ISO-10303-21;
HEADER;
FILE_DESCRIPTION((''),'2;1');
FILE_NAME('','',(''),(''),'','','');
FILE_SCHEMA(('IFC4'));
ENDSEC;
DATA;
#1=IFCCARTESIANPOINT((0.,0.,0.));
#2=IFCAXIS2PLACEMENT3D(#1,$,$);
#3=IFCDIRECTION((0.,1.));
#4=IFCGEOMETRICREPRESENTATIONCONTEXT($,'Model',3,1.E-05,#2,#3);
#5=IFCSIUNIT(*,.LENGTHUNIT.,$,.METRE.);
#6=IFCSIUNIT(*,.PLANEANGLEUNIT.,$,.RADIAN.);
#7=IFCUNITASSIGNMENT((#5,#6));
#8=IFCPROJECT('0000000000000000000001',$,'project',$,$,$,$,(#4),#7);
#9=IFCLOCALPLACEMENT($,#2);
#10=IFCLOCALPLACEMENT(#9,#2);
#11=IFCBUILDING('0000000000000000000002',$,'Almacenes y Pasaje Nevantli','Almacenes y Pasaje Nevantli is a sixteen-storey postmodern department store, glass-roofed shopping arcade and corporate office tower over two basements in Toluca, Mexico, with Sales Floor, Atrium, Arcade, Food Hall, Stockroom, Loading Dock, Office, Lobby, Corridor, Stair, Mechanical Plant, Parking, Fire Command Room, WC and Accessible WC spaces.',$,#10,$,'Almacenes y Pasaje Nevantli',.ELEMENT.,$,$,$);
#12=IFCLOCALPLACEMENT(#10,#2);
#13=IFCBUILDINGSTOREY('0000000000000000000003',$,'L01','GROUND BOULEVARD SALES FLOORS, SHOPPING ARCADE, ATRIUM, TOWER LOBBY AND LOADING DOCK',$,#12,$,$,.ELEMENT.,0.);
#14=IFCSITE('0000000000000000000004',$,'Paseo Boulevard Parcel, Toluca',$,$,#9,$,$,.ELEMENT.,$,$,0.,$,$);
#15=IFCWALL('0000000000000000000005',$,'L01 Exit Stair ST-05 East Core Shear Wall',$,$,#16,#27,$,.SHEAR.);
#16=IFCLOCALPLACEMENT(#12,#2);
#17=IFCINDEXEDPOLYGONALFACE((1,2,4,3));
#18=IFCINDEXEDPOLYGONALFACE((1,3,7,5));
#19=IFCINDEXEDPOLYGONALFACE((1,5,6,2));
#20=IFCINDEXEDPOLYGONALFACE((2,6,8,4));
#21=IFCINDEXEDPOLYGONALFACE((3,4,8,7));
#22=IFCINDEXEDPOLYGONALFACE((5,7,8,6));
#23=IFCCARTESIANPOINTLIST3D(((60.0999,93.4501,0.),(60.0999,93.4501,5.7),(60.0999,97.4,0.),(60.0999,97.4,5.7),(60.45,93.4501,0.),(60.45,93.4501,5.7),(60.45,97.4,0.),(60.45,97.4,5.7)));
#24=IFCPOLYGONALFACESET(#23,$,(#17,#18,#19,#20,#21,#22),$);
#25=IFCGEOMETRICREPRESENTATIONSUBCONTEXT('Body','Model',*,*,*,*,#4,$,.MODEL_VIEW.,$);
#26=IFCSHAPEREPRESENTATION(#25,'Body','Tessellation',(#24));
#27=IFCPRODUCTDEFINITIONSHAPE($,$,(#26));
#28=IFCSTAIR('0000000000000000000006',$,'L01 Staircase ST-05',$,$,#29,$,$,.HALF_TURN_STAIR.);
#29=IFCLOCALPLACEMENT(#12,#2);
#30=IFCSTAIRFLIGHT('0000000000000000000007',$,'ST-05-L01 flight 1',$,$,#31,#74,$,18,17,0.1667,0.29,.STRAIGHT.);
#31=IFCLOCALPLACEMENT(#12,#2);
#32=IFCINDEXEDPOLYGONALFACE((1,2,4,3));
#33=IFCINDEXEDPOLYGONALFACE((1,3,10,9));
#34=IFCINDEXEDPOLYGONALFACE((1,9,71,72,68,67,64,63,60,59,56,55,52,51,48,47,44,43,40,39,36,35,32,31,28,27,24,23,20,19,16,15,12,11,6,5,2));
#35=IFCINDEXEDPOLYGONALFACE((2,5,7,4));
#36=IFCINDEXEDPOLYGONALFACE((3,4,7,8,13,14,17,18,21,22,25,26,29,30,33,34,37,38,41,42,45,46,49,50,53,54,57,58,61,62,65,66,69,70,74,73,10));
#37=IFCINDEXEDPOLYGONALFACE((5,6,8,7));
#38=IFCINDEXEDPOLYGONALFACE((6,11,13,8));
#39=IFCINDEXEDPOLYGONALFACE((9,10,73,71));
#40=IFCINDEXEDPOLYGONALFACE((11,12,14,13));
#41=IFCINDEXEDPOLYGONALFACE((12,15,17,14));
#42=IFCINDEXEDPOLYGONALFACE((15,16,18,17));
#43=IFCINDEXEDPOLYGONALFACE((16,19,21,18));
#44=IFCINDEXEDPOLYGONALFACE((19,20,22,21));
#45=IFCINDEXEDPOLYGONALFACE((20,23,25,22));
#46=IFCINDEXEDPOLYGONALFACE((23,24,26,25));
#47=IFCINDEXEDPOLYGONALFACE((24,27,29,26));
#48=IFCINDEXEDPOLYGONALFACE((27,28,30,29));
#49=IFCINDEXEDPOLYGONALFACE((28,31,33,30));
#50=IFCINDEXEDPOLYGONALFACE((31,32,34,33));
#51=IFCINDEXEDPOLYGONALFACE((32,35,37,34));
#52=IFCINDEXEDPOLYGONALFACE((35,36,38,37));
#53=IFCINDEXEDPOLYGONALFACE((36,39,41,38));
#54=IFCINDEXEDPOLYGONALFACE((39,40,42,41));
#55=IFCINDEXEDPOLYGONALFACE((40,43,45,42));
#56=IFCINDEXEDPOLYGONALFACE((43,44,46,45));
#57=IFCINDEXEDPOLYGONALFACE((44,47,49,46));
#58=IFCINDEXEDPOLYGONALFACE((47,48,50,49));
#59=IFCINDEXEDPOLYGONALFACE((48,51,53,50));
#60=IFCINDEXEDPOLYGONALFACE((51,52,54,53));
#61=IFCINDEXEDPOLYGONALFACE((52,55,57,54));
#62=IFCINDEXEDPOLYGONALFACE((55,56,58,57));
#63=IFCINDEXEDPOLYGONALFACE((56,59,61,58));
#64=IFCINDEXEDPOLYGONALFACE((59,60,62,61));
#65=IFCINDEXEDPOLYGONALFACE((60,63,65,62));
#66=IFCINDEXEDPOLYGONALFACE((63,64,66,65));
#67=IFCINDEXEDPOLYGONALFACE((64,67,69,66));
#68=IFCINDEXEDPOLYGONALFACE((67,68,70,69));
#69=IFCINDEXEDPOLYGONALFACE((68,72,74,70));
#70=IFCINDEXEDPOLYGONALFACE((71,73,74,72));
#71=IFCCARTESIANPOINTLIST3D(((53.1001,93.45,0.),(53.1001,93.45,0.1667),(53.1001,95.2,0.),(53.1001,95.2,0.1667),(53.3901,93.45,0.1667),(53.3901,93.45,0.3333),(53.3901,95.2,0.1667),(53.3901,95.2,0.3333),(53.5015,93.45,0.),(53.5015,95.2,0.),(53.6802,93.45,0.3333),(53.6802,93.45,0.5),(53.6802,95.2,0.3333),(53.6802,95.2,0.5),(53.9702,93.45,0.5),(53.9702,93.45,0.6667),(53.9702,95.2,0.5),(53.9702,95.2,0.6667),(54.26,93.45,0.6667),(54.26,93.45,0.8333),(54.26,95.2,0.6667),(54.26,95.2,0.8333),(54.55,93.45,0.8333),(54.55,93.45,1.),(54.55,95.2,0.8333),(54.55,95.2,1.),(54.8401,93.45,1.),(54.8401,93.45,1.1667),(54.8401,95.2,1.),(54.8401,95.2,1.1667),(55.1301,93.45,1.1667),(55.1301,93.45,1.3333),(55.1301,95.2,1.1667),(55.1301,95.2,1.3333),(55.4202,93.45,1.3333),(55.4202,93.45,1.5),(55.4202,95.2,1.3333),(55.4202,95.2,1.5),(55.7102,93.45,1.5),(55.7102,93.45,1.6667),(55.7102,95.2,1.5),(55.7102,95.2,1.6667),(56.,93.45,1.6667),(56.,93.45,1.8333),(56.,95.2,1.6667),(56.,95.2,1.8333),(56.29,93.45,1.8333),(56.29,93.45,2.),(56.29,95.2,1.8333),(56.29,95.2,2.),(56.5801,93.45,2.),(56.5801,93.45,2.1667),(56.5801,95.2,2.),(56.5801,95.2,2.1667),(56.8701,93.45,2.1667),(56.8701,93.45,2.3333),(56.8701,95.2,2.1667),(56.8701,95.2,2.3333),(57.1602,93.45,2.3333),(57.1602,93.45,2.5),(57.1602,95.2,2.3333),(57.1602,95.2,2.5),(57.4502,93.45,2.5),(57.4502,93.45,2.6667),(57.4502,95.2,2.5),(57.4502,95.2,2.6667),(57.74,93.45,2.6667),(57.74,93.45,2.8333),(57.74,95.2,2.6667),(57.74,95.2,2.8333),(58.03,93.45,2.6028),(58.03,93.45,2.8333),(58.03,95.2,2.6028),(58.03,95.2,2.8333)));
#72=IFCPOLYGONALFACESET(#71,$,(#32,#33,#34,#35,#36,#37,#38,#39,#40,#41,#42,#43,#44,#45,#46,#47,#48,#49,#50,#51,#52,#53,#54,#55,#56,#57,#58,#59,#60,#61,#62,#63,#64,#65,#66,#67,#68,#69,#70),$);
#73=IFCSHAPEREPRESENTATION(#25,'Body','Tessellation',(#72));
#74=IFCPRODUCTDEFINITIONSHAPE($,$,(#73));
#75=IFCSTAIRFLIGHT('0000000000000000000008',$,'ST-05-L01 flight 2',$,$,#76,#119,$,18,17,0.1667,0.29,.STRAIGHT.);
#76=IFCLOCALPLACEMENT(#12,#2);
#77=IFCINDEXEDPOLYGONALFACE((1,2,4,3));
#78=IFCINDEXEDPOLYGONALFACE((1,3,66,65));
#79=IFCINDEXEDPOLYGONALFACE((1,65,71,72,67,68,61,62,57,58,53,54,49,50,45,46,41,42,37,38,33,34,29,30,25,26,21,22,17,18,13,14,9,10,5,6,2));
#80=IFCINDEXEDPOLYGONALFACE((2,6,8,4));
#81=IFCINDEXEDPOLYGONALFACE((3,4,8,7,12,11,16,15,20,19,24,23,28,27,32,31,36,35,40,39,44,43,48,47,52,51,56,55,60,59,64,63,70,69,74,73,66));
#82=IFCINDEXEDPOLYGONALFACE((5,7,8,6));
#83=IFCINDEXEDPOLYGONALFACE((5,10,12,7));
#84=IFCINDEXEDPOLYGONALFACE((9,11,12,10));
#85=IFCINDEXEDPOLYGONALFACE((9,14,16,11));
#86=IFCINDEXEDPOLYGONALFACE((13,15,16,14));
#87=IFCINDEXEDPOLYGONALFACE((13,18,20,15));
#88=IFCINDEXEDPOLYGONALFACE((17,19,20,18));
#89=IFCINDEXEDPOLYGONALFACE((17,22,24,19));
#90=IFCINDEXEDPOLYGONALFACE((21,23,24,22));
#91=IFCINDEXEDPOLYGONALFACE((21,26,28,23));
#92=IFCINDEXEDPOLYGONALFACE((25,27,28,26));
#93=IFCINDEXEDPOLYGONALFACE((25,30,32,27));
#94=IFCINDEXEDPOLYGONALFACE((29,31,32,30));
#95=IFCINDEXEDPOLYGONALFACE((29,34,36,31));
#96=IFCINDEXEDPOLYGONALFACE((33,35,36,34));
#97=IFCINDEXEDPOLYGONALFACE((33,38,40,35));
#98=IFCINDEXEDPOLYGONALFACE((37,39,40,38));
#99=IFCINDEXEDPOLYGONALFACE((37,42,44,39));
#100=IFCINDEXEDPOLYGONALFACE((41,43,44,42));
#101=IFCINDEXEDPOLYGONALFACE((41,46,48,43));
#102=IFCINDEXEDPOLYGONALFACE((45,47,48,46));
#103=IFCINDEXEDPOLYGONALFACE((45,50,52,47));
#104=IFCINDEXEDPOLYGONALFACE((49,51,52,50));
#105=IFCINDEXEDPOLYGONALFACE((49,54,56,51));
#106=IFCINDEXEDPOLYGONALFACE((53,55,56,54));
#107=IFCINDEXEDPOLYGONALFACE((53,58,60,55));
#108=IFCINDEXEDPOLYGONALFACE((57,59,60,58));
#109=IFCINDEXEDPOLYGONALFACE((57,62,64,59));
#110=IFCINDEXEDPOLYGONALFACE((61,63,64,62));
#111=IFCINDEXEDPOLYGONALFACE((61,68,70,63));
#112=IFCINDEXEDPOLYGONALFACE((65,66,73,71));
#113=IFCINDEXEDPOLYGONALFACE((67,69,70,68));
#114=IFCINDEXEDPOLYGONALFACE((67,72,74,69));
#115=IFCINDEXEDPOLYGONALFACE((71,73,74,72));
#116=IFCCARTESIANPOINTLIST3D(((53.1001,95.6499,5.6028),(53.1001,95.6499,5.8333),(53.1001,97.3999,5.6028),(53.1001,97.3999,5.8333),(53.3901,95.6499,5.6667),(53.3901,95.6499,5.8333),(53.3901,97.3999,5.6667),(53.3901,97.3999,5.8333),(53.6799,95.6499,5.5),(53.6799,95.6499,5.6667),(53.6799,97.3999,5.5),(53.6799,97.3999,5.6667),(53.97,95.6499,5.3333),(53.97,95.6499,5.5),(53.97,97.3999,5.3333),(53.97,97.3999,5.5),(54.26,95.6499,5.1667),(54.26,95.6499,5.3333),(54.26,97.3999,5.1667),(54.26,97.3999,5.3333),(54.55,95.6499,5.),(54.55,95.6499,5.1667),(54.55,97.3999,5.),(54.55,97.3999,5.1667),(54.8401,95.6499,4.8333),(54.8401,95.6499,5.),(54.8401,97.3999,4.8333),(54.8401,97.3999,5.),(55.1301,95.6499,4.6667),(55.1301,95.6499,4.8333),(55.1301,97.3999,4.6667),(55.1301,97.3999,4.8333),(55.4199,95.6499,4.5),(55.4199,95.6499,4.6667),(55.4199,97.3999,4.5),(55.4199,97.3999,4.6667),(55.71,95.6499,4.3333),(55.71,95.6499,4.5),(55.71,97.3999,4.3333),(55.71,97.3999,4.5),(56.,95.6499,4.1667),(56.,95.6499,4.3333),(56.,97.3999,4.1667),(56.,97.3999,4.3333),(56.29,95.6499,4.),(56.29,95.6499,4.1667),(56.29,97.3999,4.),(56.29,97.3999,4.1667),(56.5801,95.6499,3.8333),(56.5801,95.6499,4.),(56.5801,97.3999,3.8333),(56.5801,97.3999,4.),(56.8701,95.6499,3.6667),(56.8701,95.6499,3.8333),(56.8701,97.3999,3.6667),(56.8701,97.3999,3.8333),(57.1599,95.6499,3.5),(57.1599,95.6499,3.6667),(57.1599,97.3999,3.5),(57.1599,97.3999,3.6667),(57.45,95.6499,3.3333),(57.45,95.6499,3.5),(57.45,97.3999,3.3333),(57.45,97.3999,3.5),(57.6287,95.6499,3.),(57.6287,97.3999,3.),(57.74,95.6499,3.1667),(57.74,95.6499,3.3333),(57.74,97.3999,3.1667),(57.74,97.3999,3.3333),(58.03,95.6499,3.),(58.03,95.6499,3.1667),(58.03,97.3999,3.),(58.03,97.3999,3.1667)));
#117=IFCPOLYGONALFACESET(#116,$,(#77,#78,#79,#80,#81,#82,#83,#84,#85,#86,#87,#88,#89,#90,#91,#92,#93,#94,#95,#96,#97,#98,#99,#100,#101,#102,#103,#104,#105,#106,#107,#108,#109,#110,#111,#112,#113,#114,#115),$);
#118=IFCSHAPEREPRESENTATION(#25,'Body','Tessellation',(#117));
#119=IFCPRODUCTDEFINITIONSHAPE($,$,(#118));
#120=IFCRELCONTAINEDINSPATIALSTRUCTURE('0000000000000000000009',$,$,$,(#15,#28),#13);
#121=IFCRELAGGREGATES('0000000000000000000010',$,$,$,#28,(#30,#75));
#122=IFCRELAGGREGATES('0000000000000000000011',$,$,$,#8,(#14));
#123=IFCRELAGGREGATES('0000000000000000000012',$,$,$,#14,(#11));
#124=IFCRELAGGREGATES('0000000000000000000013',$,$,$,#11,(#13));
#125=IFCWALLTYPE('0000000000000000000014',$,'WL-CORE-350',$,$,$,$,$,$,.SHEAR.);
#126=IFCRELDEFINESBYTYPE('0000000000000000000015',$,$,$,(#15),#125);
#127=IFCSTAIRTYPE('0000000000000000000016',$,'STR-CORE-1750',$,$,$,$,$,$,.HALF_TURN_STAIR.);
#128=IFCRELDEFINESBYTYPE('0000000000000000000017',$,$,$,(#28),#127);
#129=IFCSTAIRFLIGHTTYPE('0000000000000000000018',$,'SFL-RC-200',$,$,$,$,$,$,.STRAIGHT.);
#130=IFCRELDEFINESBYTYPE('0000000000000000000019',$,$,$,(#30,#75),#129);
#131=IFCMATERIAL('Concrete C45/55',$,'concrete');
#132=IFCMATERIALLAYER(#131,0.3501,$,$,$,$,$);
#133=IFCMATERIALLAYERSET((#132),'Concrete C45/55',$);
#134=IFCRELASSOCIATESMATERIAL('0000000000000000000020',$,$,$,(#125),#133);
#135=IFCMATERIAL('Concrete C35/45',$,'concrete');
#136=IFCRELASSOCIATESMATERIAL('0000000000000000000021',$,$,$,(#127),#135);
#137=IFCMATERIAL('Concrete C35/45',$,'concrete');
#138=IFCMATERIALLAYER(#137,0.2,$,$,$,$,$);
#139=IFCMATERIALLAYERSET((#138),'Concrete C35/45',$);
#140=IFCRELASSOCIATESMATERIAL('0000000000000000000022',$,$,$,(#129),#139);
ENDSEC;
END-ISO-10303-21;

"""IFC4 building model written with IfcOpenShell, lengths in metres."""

from ifc_helpers import new_model, si_unit, direction, frame, frame_2d, origin, place, context, subcontext, project, spatial, polyline, rectangle, outline, extrude, material, layer, layer_set, type_object, element, aggregate, save


model = new_model("IFC4")

# Units and contexts
model_context = context("Model", 3, precision=1e-05, world=origin(), true_north=direction((0.0, 1.0)))
body_context = subcontext(model_context, "Body", "Model", "MODEL_VIEW")
ifc_project = project(units=[si_unit("LENGTHUNIT", "METRE"), si_unit("PLANEANGLEUNIT", "RADIAN")], contexts=[model_context])

# Site, building, storey
site_placement = place(None, origin())
site = spatial("IfcSite", under=ifc_project, at=site_placement, Name="Paseo Boulevard Parcel, Toluca", CompositionType="ELEMENT", RefElevation=0.0)
building_placement = place(site_placement, origin())
building = spatial("IfcBuilding", under=site, at=building_placement, Name="Almacenes y Pasaje Nevantli", Description="Almacenes y Pasaje Nevantli is a sixteen-storey postmodern department store, glass-roofed shopping arcade and corporate office tower over two basements in Toluca, Mexico, with Sales Floor, Atrium, Arcade, Food Hall, Stockroom, Loading Dock, Office, Lobby, Corridor, Stair, Mechanical Plant, Parking, Fire Command Room, WC and Accessible WC spaces.", LongName="Almacenes y Pasaje Nevantli", CompositionType="ELEMENT")
storey_placement = place(building_placement, origin())
storey = spatial("IfcBuildingStorey", under=building, at=storey_placement, Name="L01", Description="GROUND BOULEVARD SALES FLOORS, SHOPPING ARCADE, ATRIUM, TOWER LOBBY AND LOADING DOCK", CompositionType="ELEMENT", Elevation=0.0)

# Shared definitions
ifc_material_1 = material(Name="Concrete C45/55", Category="concrete")
ifc_layer_1 = layer(ifc_material_1, 0.3501)
ifc_layer_set_1 = layer_set([ifc_layer_1], Name="Concrete C45/55")
wall_type = type_object("IfcWallType", Name="WL-CORE-350", PredefinedType="SHEAR", material=ifc_layer_set_1)

# Wall
for number, where, z_axis, x_axis, name in (
    (1, (60.2749, 93.45, 0.0), (0.0, 0.0, 1.0), (0.0, 1.0, 0.0), "L01 Exit Stair ST-05 East Core Shear Wall"),
):
    element("IfcWall", number, at=place(storey_placement, frame(where, z_axis=z_axis, x_axis=x_axis)), inside=storey, type_object=wall_type, Name=name, PredefinedType="SHEAR", context=body_context, shape_type="SweptSolid", body=[
        extrude(rectangle(XDim=3.95, YDim=0.3501, at=frame_2d((1.9751, 0.0))), origin(), (0.0, 0.0, 1.0), 5.7),
    ])

# Stair, stair flights
ifc_material_2 = material(Name="Concrete C35/45", Category="concrete")
stair_type = type_object("IfcStairType", Name="STR-CORE-1750", PredefinedType="HALF_TURN_STAIR", material=ifc_material_2)
stair_placement = place(storey_placement, origin())
stair = element("IfcStair", 2, at=stair_placement, inside=storey, type_object=stair_type, Name="L01 Staircase ST-05", PredefinedType="HALF_TURN_STAIR")
ifc_material_3 = material(Name="Concrete C35/45", Category="concrete")
ifc_layer_2 = layer(ifc_material_3, 0.2)
ifc_layer_set_2 = layer_set([ifc_layer_2], Name="Concrete C35/45")
stair_flight_type = type_object("IfcStairFlightType", Name="SFL-RC-200", PredefinedType="STRAIGHT", material=ifc_layer_set_2)
stair_flight_1_placement = place(storey_placement, frame((53.1001, 94.325, 0.0), z_axis=(0.0, 0.0, 1.0), x_axis=(1.0, 0.0, 0.0)))
stair_flight_1 = element("IfcStairFlight", 3, at=stair_flight_1_placement, type_object=stair_flight_type, Name="ST-05-L01 flight 1", NumberOfRisers=18, NumberOfTreads=17, PredefinedType="STRAIGHT", RiserHeight=0.1667, TreadLength=0.29, context=body_context, shape_type="SweptSolid", body=[
    extrude(outline(polyline([(0.0, 0.0), (0.0, 0.1667), (0.29, 0.1667), (0.29, 0.3333), (0.5801, 0.3333), (0.5801, 0.5), (0.8701, 0.5), (0.8701, 0.6667), (1.1599, 0.6667), (1.1599, 0.8333), (1.45, 0.8333), (1.45, 1.0), (1.74, 1.0), (1.74, 1.1667), (2.03, 1.1667), (2.03, 1.3333), (2.3201, 1.3333), (2.3201, 1.5), (2.6101, 1.5), (2.6101, 1.6667), (2.8999, 1.6667), (2.8999, 1.8333), (3.1899, 1.8333), (3.1899, 2.0), (3.48, 2.0), (3.48, 2.1667), (3.77, 2.1667), (3.77, 2.3333), (4.0601, 2.3333), (4.0601, 2.5), (4.3501, 2.5), (4.3501, 2.6667), (4.6399, 2.6667), (4.6399, 2.8333), (4.9299, 2.8333), (4.9299, 3.0), (4.9299, 2.6028), (0.4014, 0.0), (0.0, 0.0)])), frame((0.0, 0.875, 0.0), z_axis=(0.0, -1.0, 0.0), x_axis=(1.0, 0.0, 0.0)), (0.0, 0.0, 1.0), 1.75),
])
stair_flight_2_placement = place(storey_placement, frame((58.03, 96.5249, 3.0), z_axis=(0.0, 0.0, 1.0), x_axis=(-1.0, 0.0, 0.0)))
stair_flight_2 = element("IfcStairFlight", 4, at=stair_flight_2_placement, type_object=stair_flight_type, Name="ST-05-L01 flight 2", NumberOfRisers=18, NumberOfTreads=17, PredefinedType="STRAIGHT", RiserHeight=0.1667, TreadLength=0.29, context=body_context, shape_type="SweptSolid", body=[
    extrude(outline(polyline([(0.0, 0.0), (0.0, 0.1667), (0.29, 0.1667), (0.29, 0.3333), (0.5801, 0.3333), (0.5801, 0.5), (0.8701, 0.5), (0.8701, 0.6667), (1.1599, 0.6667), (1.1599, 0.8333), (1.45, 0.8333), (1.45, 1.0), (1.74, 1.0), (1.74, 1.1667), (2.03, 1.1667), (2.03, 1.3333), (2.3201, 1.3333), (2.3201, 1.5), (2.6101, 1.5), (2.6101, 1.6667), (2.8999, 1.6667), (2.8999, 1.8333), (3.1899, 1.8333), (3.1899, 2.0), (3.48, 2.0), (3.48, 2.1667), (3.77, 2.1667), (3.77, 2.3333), (4.0601, 2.3333), (4.0601, 2.5), (4.3501, 2.5), (4.3501, 2.6667), (4.6399, 2.6667), (4.6399, 2.8333), (4.9299, 2.8333), (4.9299, 3.0), (4.9299, 2.6028), (0.4014, 0.0), (0.0, 0.0)])), frame((0.0, 0.875, 0.0), z_axis=(0.0, -1.0, 0.0), x_axis=(1.0, 0.0, 0.0)), (0.0, 0.0, 1.0), 1.75),
])
aggregate(stair, [stair_flight_1, stair_flight_2])

save(model, "model.ifc")
